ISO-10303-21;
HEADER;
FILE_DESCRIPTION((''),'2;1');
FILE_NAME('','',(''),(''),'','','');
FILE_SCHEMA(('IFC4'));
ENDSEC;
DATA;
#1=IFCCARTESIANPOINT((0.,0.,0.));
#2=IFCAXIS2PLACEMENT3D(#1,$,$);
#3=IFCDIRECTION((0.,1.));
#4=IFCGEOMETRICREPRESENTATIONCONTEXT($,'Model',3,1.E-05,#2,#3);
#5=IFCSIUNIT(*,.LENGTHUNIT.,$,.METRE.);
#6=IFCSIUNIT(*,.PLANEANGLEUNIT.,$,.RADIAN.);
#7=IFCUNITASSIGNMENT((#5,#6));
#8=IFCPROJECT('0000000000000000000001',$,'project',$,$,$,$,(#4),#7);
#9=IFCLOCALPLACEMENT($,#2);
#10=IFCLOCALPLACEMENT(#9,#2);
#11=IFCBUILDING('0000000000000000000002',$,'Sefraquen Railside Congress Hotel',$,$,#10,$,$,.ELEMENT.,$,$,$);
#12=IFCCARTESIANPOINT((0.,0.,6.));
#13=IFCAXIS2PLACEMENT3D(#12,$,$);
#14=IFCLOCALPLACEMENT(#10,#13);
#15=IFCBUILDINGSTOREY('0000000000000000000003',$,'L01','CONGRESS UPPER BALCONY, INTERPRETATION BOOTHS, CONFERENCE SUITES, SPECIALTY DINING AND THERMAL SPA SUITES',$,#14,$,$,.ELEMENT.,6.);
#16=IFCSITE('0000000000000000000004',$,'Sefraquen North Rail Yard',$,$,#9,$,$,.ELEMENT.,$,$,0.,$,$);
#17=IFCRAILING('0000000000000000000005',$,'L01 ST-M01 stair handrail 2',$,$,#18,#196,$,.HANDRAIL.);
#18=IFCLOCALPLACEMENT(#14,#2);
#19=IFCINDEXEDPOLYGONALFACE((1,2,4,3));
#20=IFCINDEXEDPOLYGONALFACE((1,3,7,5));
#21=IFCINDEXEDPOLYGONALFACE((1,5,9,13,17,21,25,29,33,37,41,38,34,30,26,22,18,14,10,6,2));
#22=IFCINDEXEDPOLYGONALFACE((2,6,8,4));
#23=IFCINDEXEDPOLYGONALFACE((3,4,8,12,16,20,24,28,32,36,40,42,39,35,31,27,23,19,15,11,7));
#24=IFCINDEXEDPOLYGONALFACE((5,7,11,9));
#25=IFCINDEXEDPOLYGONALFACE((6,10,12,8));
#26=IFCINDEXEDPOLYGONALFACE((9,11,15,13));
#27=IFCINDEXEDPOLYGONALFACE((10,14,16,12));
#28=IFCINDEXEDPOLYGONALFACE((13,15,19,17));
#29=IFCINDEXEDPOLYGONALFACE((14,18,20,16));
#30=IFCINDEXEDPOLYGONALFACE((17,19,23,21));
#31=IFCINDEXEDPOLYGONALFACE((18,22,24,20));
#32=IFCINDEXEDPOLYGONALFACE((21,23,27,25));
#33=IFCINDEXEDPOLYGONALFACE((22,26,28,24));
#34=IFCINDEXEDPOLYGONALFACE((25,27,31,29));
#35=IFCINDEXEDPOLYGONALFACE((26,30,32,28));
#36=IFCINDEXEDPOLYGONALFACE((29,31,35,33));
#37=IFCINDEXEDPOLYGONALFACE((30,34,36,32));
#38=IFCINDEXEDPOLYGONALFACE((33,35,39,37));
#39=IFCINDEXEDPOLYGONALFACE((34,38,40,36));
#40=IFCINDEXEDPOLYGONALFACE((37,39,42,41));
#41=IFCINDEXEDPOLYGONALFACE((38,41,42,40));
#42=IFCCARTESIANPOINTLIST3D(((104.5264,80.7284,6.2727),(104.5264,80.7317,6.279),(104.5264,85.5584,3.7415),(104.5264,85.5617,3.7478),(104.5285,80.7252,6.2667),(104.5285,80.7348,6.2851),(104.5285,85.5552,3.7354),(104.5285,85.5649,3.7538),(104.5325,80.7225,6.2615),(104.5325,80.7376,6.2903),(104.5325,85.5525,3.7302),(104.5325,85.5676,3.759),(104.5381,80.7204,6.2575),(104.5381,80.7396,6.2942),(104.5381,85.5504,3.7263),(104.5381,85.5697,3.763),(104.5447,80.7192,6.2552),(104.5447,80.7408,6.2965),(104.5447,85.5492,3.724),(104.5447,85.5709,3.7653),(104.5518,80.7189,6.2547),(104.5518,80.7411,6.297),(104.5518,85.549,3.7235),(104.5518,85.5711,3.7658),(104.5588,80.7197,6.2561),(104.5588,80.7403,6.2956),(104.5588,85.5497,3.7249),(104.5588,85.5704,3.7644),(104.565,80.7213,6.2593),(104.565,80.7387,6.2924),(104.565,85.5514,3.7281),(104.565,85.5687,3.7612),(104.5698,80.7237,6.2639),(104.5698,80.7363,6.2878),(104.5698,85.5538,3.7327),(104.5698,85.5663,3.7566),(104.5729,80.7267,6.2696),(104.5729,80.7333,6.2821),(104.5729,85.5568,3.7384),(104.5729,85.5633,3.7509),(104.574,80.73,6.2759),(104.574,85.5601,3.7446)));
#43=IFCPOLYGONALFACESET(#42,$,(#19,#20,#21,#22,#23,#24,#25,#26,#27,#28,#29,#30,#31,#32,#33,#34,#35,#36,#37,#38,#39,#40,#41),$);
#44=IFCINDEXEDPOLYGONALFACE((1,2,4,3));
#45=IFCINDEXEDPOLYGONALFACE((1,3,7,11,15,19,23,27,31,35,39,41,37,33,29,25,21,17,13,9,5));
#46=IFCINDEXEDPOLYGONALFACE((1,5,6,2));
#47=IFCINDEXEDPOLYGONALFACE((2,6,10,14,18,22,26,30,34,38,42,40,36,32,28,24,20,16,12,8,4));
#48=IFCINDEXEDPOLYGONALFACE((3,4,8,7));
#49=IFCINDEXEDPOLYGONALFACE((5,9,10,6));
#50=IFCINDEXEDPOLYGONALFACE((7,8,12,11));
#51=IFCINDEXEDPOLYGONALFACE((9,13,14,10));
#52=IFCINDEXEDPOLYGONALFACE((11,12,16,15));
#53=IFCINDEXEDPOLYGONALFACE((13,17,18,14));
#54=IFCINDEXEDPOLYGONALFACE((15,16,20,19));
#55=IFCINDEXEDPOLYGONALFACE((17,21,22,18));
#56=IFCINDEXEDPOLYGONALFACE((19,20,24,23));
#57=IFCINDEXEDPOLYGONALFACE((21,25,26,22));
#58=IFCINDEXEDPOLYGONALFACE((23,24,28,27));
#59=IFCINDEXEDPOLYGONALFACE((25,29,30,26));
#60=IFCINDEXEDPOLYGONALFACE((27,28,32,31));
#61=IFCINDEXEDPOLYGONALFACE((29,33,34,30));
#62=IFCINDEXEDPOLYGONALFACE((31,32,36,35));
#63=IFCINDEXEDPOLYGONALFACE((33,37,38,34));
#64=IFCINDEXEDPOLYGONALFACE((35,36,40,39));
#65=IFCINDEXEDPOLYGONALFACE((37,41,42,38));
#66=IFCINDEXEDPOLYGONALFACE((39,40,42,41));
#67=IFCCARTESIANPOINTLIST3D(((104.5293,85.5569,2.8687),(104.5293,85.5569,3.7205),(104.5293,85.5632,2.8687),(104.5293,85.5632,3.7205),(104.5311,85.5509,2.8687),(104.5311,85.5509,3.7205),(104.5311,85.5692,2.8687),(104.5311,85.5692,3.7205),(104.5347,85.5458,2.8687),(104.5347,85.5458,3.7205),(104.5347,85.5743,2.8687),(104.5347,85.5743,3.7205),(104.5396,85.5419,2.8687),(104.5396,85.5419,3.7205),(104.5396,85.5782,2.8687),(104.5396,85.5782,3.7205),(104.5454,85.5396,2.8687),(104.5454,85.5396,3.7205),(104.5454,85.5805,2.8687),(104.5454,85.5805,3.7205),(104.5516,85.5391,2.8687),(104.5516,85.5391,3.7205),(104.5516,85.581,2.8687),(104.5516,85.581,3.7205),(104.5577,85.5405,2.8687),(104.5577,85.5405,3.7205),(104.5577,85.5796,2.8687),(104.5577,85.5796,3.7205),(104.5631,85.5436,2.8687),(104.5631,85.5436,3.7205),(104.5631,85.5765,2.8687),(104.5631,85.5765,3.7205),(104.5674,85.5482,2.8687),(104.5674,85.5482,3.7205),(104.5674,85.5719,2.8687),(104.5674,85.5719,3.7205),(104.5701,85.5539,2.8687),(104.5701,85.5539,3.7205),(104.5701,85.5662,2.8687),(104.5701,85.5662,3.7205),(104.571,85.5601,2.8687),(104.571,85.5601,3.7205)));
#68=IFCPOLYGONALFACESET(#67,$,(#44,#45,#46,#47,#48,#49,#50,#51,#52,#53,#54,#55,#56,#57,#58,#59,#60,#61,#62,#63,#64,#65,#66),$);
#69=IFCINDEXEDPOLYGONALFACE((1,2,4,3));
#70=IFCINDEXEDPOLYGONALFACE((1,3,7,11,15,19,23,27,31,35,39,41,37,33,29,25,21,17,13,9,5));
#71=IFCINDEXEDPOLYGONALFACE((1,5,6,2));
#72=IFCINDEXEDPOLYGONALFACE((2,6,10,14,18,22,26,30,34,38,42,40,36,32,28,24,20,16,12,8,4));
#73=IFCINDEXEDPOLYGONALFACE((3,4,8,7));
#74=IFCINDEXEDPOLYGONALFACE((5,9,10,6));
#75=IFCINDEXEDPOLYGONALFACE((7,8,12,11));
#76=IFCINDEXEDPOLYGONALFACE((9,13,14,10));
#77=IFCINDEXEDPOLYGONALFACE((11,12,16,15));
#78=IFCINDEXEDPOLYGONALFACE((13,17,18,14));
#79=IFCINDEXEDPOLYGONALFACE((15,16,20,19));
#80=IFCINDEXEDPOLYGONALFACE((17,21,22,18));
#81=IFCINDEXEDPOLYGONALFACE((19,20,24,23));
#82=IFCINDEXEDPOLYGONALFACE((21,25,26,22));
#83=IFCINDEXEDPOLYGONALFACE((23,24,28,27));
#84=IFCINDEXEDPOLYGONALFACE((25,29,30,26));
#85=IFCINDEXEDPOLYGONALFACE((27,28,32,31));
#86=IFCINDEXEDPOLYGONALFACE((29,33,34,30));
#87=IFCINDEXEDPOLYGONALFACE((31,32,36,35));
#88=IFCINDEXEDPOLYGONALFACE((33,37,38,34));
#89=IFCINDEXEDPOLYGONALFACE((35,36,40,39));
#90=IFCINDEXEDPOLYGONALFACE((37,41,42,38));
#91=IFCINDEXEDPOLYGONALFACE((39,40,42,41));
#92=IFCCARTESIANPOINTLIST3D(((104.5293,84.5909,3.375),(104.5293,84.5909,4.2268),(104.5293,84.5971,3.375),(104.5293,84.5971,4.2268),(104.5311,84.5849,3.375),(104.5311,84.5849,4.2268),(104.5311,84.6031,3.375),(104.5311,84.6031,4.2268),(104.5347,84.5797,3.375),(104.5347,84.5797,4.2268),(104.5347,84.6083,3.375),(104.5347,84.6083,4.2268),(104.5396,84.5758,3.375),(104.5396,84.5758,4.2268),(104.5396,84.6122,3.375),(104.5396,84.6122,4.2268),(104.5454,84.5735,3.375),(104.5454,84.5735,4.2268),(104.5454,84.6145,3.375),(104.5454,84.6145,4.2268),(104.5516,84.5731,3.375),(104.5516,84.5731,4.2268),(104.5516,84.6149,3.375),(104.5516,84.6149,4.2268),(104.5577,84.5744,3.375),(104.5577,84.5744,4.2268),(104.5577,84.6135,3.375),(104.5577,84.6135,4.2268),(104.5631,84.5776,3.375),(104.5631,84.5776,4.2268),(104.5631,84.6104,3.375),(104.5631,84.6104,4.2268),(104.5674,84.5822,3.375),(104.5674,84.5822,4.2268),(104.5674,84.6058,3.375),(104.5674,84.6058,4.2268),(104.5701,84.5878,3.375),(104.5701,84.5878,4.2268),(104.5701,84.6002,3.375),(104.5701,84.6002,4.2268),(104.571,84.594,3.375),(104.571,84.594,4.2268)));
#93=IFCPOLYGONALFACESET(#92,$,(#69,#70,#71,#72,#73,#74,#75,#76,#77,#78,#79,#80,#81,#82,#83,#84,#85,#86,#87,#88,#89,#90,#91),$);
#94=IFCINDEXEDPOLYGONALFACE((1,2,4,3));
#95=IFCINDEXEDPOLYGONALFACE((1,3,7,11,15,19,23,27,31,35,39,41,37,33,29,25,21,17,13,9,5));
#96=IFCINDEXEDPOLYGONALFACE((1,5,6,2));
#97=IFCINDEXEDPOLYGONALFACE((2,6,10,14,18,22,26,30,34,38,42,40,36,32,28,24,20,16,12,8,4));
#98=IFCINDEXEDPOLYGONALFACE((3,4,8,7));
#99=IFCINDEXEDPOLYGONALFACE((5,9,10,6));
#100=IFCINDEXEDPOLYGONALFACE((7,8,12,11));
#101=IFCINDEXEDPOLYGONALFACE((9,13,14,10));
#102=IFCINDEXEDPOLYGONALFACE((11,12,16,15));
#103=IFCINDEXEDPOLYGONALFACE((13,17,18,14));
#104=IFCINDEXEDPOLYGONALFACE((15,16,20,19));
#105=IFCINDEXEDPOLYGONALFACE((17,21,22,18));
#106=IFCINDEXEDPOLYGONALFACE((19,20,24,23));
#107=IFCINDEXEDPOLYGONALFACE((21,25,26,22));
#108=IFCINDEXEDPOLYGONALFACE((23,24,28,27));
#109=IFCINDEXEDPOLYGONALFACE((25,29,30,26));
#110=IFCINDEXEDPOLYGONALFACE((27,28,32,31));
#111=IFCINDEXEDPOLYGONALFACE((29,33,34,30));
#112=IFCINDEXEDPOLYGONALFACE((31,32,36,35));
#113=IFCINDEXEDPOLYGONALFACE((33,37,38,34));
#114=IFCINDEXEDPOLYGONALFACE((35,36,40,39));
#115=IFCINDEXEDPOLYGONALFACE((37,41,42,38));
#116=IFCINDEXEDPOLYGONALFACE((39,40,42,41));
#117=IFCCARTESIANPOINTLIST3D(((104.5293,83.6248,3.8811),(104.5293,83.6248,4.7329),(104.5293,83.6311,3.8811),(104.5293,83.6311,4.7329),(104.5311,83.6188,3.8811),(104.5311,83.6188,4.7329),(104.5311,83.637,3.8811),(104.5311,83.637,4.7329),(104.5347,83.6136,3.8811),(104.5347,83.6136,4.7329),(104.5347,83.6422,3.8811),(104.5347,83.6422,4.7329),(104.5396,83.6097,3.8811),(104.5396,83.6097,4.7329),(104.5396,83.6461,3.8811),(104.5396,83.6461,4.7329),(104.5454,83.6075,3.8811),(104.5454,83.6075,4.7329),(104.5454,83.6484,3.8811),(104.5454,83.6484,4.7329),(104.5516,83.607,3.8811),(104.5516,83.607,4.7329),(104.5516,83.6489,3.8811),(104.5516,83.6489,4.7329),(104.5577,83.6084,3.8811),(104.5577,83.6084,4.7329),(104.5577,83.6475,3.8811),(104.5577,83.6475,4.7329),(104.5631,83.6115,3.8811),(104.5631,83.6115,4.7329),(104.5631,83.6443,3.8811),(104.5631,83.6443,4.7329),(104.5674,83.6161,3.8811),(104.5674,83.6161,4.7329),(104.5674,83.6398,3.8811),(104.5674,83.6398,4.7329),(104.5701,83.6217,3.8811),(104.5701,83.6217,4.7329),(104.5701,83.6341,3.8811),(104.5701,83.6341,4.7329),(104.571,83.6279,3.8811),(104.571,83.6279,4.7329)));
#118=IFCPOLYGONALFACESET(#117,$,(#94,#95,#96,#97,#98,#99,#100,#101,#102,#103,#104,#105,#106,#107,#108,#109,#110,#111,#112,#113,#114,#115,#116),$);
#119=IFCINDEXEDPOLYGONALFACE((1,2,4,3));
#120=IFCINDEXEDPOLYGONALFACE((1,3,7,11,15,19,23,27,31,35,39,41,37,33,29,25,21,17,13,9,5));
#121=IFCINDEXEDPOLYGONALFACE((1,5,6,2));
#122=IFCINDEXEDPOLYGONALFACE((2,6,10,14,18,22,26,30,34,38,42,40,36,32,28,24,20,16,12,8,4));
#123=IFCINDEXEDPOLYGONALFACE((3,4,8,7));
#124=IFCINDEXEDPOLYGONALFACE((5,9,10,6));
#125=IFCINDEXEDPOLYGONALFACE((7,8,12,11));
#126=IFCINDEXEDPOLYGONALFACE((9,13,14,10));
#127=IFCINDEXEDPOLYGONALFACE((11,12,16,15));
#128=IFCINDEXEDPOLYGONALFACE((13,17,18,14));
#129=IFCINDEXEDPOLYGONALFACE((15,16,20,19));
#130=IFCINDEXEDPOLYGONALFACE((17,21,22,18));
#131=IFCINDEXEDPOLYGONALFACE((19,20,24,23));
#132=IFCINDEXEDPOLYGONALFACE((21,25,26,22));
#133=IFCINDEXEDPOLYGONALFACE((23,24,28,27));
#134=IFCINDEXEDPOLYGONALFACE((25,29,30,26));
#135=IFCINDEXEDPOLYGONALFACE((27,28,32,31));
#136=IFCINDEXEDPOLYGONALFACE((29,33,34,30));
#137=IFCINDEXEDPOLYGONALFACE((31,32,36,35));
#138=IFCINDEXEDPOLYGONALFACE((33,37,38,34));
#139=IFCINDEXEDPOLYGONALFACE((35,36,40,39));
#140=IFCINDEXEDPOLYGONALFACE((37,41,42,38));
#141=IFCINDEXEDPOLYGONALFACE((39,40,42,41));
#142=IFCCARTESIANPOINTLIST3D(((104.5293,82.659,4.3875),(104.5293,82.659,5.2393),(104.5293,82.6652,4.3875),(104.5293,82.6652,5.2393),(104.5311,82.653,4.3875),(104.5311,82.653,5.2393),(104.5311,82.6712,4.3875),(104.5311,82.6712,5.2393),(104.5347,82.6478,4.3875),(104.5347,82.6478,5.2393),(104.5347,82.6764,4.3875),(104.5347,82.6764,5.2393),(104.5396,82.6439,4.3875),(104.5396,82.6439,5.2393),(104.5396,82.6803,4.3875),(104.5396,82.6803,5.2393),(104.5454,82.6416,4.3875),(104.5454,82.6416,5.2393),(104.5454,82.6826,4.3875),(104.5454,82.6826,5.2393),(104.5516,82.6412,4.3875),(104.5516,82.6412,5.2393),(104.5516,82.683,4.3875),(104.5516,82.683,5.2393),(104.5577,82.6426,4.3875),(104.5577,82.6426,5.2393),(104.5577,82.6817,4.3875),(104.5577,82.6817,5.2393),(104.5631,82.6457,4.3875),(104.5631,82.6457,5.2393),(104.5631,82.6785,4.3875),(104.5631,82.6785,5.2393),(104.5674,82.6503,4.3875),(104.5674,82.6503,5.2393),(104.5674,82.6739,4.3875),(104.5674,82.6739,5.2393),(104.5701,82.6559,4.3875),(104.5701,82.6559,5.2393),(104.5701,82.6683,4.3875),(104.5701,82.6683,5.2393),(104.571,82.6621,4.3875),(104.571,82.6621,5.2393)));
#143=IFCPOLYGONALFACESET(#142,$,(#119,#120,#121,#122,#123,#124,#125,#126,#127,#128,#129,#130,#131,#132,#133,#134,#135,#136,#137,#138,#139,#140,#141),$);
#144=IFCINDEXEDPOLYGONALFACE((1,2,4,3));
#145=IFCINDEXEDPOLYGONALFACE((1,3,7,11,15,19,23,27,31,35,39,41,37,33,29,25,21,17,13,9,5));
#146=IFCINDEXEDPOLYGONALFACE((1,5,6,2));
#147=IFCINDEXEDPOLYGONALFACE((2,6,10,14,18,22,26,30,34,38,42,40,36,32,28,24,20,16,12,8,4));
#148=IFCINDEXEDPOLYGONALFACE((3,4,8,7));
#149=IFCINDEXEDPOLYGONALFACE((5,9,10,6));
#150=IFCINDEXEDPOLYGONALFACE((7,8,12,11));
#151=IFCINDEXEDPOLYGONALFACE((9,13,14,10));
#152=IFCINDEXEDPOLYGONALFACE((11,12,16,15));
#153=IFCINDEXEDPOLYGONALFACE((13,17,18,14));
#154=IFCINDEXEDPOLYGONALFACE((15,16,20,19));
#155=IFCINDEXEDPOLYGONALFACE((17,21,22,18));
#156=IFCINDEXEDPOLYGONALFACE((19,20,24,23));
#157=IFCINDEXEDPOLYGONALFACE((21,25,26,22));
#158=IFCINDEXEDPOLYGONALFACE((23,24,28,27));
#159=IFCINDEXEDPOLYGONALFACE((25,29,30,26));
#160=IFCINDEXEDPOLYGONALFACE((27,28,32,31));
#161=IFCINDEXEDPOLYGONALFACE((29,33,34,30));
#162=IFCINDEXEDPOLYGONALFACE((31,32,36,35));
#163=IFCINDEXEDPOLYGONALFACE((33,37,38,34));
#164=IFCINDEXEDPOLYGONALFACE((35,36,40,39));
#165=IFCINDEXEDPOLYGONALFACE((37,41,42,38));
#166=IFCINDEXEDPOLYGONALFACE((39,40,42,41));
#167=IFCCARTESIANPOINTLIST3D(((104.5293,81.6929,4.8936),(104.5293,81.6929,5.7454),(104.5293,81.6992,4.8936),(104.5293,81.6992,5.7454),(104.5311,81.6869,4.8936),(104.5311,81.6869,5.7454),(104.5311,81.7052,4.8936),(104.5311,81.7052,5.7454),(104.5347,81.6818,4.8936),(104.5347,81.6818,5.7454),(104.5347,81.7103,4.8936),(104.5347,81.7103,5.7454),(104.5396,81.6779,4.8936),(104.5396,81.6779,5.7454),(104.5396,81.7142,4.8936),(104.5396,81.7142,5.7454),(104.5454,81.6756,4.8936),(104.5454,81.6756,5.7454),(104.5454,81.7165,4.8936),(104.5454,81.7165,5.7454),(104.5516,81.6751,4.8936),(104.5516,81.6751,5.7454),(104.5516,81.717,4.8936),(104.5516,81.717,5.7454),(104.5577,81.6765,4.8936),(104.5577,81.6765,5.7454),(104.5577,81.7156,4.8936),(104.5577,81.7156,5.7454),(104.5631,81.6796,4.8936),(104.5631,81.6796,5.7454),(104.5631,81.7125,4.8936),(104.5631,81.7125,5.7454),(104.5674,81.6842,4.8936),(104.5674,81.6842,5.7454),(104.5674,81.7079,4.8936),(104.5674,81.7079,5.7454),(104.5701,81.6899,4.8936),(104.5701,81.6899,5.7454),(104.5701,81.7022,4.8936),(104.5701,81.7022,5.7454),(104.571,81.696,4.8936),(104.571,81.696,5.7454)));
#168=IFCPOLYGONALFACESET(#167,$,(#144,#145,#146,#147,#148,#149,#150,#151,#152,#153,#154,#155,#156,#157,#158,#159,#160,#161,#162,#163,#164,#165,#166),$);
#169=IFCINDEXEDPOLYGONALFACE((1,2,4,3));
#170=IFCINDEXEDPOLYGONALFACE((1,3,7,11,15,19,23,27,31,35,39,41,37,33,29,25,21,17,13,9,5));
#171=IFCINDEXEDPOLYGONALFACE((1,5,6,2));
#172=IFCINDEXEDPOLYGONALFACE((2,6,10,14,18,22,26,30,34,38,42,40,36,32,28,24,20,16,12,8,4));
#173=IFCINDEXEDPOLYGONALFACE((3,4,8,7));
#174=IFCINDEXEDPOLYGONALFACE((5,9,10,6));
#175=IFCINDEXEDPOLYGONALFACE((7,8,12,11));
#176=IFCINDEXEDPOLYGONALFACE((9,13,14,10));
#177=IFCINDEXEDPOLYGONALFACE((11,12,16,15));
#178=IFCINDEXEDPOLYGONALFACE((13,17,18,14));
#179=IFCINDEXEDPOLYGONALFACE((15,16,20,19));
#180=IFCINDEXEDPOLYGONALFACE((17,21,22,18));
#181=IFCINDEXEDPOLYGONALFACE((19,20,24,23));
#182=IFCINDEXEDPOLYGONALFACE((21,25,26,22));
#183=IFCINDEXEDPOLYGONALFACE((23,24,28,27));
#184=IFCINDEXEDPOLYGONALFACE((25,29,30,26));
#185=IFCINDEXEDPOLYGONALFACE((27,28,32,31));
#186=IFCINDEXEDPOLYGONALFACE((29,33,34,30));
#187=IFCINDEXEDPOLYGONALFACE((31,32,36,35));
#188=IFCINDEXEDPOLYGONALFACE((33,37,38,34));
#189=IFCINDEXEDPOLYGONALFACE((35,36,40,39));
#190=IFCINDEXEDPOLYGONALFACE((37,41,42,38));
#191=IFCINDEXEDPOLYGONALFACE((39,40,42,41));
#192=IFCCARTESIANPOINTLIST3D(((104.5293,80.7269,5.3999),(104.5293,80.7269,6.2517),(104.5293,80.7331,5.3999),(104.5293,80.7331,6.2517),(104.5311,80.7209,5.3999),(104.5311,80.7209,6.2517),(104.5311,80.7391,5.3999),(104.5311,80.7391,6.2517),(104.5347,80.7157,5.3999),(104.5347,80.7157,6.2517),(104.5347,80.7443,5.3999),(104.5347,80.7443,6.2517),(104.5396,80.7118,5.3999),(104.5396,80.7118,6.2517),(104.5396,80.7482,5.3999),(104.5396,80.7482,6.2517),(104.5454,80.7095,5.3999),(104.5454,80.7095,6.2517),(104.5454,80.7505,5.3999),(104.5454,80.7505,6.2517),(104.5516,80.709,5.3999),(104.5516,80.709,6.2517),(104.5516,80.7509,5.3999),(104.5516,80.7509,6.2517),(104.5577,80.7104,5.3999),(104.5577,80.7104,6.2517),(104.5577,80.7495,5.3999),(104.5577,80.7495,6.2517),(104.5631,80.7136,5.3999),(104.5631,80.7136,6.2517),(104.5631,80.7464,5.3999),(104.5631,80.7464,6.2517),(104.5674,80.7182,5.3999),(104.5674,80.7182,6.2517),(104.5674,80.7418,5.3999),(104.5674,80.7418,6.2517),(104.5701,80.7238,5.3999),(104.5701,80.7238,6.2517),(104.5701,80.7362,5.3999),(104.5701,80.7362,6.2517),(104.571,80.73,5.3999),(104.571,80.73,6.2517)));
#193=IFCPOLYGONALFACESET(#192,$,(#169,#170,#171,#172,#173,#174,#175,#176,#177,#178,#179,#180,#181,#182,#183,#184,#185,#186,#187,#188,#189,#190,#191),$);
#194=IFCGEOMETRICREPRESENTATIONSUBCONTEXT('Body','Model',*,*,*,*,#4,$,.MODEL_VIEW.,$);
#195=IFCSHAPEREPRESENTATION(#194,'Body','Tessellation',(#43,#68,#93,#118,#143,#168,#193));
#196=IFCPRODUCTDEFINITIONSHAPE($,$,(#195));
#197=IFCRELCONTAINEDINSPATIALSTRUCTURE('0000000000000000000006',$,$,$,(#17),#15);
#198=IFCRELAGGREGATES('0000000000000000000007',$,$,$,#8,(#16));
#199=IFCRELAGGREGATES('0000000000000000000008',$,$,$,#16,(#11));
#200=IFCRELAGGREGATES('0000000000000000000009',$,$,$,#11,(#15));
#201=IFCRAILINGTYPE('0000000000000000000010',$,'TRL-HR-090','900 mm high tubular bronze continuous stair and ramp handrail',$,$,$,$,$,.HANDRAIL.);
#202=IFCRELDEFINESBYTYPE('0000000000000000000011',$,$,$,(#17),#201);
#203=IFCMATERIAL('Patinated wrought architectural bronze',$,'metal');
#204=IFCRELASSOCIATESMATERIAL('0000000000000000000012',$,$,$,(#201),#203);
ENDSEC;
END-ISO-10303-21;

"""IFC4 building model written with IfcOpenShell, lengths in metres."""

from ifc_helpers import new_model, si_unit, direction, frame, origin, origin_2d, place, context, subcontext, project, spatial, circle, extrude, material, type_object, element, save


model = new_model("IFC4")

# Units and contexts
model_context = context("Model", 3, precision=1e-05, world=origin(), true_north=direction((0.0, 1.0)))
body_context = subcontext(model_context, "Body", "Model", "MODEL_VIEW")
ifc_project = project(units=[si_unit("LENGTHUNIT", "METRE"), si_unit("PLANEANGLEUNIT", "RADIAN")], contexts=[model_context])

# Site, building, storey
site_placement = place(None, origin())
site = spatial("IfcSite", under=ifc_project, at=site_placement, Name="Sefraquen North Rail Yard", CompositionType="ELEMENT", RefElevation=0.0)
building_placement = place(site_placement, origin())
building = spatial("IfcBuilding", under=site, at=building_placement, Name="Sefraquen Railside Congress Hotel", CompositionType="ELEMENT")
storey_placement = place(building_placement, frame((0.0, 0.0, 6.0)))
storey = spatial("IfcBuildingStorey", under=building, at=storey_placement, Name="L01", Description="CONGRESS UPPER BALCONY, INTERPRETATION BOOTHS, CONFERENCE SUITES, SPECIALTY DINING AND THERMAL SPA SUITES", CompositionType="ELEMENT", Elevation=6.0)

# Railing
ifc_material_1 = material(Name="Patinated wrought architectural bronze", Category="metal")
railing_type_1 = type_object("IfcRailingType", Name="TRL-HR-090", Description="900 mm high tubular bronze continuous stair and ramp handrail", PredefinedType="HANDRAIL", material=ifc_material_1)
railing_1_placement = place(storey_placement, frame((104.55, 85.5601, 2.8687)))
element("IfcRailing", 1, at=railing_1_placement, inside=storey, type_object=railing_type_1, Name="L01 ST-M01 stair handrail 2", PredefinedType="HANDRAIL", context=body_context, shape_type="SweptSolid", body=[
    extrude(circle(Radius=0.0239, at=origin_2d()), frame((0.0, 0.0, 0.876), z_axis=(0.0, -0.88574, 0.464181), x_axis=(1.0, 0.0, 0.0)), (0.0, 0.0, 1.0), 5.4531),
    extrude(circle(Radius=0.021, at=origin_2d()), origin(), (0.0, 0.0, 1.0), 0.8518),
    extrude(circle(Radius=0.021, at=origin_2d()), frame((0.0, -0.9661, 0.5063)), (0.0, 0.0, 1.0), 0.8518),
    extrude(circle(Radius=0.021, at=origin_2d()), frame((0.0, -1.9321, 1.0125)), (0.0, 0.0, 1.0), 0.8518),
    extrude(circle(Radius=0.021, at=origin_2d()), frame((0.0, -2.8979, 1.5188)), (0.0, 0.0, 1.0), 0.8518),
    extrude(circle(Radius=0.021, at=origin_2d()), frame((0.0, -3.864, 2.0249)), (0.0, 0.0, 1.0), 0.8518),
    extrude(circle(Radius=0.021, at=origin_2d()), frame((0.0, -4.8301, 2.5312)), (0.0, 0.0, 1.0), 0.8518),
])

save(model, "model.ifc")
